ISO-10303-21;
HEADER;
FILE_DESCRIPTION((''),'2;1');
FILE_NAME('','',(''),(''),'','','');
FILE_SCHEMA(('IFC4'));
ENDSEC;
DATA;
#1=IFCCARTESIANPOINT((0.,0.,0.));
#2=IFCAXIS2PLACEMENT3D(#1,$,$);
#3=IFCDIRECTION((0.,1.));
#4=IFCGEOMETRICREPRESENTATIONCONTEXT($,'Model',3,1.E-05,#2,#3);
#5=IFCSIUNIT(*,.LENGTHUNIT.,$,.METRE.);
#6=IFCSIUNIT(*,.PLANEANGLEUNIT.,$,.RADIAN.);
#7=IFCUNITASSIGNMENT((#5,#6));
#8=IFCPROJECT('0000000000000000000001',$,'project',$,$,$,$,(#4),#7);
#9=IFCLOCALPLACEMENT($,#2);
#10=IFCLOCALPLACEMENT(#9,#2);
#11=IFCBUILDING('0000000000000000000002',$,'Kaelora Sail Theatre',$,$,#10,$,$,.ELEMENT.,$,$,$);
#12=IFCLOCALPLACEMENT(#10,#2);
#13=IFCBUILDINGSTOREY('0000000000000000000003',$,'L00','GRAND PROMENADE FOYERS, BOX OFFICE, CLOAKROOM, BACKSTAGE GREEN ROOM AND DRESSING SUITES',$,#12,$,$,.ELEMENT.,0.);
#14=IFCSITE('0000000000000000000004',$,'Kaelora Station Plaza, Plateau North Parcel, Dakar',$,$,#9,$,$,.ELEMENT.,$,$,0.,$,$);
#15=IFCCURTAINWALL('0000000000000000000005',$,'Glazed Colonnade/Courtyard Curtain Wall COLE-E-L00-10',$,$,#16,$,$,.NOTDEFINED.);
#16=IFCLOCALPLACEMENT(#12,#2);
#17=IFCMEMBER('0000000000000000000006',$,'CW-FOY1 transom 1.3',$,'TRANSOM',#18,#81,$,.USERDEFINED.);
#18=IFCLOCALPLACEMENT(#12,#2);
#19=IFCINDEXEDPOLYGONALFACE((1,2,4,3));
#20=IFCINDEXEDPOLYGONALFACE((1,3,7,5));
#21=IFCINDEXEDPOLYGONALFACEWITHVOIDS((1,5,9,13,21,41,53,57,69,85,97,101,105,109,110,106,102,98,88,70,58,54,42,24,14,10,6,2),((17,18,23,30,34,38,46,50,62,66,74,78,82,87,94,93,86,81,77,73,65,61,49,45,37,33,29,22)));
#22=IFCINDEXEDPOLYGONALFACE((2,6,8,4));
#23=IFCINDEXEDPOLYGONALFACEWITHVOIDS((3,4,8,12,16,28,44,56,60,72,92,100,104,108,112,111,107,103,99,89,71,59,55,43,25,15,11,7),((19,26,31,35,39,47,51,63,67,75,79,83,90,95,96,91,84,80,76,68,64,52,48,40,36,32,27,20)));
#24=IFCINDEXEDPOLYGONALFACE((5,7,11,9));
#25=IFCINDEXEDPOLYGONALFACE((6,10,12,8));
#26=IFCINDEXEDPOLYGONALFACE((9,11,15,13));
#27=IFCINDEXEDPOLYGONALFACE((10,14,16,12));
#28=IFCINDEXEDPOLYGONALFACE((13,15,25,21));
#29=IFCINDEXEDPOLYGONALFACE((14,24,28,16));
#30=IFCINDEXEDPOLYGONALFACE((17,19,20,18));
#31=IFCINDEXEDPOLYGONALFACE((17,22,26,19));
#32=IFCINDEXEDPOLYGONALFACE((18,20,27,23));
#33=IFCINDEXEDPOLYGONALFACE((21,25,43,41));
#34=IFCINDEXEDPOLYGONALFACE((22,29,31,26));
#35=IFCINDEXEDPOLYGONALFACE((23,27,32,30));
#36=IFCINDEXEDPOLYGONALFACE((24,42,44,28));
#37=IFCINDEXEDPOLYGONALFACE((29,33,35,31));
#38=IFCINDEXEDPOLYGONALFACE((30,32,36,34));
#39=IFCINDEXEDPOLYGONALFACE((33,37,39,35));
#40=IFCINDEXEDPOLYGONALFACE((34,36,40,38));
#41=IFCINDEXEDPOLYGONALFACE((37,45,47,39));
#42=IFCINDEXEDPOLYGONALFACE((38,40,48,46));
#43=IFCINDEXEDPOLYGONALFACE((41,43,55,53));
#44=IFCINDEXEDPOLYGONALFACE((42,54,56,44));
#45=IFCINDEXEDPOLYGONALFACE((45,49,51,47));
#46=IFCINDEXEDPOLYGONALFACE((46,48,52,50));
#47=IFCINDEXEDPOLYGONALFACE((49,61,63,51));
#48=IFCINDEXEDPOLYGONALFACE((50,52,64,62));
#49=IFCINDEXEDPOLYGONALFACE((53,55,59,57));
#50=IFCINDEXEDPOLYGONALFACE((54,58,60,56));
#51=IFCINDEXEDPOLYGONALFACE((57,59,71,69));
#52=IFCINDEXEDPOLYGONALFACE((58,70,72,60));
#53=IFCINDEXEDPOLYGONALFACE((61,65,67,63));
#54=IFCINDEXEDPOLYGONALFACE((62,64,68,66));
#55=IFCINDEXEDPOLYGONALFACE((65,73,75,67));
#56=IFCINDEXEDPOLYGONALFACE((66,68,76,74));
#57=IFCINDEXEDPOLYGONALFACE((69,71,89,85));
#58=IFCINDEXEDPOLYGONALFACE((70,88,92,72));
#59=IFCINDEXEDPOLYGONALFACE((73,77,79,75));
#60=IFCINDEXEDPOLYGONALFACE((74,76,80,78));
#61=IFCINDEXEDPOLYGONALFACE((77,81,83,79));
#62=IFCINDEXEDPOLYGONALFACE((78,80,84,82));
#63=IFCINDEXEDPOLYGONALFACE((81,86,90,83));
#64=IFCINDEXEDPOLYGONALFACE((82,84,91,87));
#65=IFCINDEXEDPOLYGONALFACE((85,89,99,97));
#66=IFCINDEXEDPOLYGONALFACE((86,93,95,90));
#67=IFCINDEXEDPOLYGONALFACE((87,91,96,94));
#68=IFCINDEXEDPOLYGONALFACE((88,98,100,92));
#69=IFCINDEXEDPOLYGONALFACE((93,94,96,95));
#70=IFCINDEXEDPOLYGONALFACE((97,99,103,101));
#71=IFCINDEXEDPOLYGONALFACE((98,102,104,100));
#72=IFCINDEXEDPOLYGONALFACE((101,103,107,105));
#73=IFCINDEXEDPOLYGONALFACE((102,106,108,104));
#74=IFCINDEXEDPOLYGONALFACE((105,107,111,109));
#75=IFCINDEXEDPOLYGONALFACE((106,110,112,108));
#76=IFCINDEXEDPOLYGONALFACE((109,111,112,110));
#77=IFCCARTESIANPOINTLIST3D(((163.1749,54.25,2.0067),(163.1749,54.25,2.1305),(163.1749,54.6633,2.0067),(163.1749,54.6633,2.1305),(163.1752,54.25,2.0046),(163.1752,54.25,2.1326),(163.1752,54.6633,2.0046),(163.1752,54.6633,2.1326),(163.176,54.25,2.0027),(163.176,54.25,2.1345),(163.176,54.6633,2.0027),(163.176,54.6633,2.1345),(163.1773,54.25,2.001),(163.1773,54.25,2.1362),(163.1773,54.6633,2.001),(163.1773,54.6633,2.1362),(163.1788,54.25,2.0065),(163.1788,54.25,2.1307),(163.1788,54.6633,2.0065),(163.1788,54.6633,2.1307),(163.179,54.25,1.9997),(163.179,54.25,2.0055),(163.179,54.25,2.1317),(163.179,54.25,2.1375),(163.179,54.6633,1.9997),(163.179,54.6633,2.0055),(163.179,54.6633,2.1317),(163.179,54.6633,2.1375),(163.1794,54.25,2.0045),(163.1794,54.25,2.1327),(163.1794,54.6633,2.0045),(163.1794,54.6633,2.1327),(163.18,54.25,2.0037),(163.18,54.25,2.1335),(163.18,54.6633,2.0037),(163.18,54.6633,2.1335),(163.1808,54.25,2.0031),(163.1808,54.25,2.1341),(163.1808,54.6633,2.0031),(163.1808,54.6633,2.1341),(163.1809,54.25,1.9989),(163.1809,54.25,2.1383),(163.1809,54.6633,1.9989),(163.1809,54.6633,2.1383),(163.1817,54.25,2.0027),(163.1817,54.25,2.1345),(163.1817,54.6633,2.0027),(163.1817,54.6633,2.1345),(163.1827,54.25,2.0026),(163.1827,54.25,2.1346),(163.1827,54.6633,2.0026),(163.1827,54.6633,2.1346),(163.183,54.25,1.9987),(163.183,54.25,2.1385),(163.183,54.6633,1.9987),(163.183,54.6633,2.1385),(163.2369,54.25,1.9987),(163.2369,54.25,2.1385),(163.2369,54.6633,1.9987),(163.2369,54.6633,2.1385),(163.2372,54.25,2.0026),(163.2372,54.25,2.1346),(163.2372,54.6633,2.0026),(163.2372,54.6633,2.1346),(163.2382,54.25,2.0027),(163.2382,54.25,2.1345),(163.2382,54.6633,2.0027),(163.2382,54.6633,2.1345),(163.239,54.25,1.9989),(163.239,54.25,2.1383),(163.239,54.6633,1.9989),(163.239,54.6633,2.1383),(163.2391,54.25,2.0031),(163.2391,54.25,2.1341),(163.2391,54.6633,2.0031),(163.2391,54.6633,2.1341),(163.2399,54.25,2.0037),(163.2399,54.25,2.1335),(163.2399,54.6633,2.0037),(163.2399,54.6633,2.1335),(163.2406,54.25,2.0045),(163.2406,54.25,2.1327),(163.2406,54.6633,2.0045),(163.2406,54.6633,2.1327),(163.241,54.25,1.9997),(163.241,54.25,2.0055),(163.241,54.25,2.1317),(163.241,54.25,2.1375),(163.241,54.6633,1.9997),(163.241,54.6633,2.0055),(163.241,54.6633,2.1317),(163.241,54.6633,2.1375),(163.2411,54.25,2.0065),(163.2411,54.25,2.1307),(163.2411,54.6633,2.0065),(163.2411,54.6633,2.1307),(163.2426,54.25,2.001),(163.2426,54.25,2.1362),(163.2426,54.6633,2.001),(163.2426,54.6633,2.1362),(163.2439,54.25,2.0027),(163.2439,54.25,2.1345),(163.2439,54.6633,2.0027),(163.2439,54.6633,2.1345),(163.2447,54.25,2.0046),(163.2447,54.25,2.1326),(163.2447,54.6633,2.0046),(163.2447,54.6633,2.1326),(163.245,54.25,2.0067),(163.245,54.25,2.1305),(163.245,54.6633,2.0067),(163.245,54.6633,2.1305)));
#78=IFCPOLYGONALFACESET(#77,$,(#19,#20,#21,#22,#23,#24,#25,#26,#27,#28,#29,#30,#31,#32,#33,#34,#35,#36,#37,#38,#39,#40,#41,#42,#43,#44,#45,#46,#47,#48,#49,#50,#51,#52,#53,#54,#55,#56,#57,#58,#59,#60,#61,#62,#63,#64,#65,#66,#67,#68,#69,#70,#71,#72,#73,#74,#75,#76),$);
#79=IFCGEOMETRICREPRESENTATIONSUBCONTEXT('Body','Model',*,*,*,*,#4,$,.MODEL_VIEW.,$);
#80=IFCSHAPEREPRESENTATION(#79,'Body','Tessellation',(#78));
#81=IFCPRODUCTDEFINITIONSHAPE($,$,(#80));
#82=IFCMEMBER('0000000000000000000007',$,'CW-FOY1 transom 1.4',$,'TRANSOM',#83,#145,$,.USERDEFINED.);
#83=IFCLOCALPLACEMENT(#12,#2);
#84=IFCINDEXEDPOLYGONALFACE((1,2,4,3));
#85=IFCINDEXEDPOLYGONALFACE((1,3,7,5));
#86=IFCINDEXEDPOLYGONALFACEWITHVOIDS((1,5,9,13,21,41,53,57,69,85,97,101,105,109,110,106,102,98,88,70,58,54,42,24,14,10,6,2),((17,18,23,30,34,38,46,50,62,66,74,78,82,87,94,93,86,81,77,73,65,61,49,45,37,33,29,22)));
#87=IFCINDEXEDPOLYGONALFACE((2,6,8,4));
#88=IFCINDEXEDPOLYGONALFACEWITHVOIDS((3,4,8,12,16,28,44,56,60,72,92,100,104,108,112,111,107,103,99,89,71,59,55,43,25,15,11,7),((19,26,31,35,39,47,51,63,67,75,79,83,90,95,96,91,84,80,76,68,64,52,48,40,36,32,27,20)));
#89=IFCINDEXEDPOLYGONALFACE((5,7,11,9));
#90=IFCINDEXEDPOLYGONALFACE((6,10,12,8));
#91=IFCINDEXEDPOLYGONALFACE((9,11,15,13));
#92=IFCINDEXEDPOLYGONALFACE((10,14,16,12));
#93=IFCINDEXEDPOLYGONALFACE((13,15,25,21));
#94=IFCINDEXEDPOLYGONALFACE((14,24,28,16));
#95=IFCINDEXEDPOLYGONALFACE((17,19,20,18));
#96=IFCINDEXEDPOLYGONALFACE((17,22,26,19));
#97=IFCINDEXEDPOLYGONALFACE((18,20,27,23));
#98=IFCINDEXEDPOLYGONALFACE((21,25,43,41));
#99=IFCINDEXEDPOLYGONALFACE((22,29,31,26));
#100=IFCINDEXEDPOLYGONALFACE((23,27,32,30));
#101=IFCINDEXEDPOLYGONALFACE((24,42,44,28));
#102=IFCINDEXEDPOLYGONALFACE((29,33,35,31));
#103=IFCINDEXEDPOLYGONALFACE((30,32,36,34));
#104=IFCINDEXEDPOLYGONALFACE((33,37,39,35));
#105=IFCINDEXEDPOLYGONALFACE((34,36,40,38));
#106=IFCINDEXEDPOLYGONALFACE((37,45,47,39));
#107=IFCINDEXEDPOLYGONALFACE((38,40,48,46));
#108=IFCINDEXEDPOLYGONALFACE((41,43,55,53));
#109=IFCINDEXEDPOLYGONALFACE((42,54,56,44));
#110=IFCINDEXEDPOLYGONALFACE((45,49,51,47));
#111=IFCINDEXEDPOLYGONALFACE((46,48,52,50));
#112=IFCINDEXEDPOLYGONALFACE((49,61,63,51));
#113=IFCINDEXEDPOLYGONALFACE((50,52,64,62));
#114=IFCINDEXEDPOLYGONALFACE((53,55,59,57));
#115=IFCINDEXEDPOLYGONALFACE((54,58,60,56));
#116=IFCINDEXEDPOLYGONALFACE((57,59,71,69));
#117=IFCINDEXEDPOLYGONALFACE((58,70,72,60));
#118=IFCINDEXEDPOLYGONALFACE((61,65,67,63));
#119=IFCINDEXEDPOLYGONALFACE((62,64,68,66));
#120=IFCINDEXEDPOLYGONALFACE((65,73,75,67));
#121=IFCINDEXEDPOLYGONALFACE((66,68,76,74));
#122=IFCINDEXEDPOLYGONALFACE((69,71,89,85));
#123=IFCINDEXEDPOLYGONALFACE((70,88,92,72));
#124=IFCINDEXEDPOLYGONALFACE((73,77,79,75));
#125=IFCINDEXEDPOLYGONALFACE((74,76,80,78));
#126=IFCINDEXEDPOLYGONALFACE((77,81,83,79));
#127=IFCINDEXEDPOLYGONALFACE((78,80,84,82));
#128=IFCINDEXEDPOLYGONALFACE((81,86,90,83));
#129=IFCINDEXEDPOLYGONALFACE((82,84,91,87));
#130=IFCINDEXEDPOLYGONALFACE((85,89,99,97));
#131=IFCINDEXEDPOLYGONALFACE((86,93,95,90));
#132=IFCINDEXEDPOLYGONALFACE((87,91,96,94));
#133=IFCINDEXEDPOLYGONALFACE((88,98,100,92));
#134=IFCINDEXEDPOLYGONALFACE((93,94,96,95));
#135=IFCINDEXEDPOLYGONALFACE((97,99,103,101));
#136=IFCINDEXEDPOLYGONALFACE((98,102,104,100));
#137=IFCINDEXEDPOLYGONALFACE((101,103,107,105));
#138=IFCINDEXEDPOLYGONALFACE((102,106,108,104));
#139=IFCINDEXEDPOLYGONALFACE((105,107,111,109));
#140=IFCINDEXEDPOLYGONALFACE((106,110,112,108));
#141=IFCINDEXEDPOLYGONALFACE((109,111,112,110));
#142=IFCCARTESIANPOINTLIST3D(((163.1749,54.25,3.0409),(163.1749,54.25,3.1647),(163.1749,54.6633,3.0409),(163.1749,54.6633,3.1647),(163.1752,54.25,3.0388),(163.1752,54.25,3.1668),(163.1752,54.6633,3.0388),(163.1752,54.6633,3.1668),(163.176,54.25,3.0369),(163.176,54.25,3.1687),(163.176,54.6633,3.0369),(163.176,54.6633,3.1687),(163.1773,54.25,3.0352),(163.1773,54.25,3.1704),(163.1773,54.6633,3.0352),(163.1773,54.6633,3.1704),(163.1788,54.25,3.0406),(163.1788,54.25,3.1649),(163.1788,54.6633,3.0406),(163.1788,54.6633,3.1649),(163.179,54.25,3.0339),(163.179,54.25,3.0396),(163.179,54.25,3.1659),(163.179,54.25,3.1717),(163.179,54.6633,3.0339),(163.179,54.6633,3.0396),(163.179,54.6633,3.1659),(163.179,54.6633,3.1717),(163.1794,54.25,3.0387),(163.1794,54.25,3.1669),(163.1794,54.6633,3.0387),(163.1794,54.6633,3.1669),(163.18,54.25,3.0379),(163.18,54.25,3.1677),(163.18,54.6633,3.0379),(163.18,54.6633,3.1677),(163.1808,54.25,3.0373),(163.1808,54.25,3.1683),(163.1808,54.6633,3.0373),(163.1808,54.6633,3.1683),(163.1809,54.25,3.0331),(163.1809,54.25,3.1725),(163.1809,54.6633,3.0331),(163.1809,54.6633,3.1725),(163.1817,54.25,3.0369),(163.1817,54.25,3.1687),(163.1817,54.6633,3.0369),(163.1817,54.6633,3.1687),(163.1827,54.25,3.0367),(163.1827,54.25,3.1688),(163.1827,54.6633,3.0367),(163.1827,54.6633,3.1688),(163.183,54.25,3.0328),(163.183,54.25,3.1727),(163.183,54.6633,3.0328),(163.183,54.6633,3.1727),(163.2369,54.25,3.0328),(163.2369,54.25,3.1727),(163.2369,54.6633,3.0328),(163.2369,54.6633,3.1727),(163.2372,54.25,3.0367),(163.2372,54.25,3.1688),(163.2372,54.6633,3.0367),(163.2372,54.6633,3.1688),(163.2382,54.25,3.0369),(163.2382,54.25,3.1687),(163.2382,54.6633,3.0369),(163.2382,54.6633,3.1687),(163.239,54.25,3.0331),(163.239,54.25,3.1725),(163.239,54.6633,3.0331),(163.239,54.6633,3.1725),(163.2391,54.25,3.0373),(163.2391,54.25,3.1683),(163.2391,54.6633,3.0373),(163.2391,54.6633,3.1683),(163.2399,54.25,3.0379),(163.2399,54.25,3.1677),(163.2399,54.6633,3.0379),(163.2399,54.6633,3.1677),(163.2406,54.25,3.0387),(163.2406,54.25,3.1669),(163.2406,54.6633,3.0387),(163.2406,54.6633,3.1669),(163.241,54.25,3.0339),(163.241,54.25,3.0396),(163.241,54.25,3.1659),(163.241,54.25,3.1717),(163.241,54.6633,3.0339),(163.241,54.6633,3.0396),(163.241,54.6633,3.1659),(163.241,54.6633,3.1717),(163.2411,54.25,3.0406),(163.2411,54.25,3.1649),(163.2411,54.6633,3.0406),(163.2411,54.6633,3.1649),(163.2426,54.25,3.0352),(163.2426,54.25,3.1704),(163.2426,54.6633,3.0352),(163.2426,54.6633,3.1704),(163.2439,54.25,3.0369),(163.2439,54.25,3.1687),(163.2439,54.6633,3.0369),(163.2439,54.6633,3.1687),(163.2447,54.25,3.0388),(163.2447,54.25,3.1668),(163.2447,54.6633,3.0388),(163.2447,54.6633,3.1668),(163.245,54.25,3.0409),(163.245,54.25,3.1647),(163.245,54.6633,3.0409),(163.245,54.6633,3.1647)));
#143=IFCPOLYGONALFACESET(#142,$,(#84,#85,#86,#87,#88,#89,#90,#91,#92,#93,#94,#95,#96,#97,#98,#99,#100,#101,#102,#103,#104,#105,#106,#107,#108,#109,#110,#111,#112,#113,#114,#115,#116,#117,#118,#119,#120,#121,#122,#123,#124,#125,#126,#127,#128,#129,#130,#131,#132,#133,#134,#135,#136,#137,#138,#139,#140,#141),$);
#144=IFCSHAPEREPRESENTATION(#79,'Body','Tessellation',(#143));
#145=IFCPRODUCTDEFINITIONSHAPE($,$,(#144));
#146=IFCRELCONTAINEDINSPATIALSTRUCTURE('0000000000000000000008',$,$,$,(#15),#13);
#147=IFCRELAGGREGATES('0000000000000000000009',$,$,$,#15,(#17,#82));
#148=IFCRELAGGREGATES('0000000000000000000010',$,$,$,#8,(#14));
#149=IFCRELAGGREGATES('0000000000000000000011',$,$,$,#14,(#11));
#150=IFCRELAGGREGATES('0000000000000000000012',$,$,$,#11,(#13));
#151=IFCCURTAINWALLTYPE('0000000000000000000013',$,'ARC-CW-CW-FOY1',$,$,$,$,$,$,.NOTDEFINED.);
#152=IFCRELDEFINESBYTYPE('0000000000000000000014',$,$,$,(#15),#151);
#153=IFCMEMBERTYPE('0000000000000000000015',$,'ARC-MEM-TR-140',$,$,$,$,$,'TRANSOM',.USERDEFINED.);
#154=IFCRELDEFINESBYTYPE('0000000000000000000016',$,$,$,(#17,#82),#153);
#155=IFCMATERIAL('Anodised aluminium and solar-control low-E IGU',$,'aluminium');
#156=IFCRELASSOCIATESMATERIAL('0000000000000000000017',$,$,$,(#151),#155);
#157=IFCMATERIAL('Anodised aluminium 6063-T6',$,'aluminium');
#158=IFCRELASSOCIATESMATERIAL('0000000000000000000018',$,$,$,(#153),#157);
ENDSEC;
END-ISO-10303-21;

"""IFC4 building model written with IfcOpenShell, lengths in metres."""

from ifc_helpers import new_model, si_unit, direction, frame, origin, origin_2d, place, context, subcontext, project, spatial, hollow_rectangle, extrude, material, material_profile, profile_set, type_object, element, aggregate, save


model = new_model("IFC4")

# Units and contexts
model_context = context("Model", 3, precision=1e-05, world=origin(), true_north=direction((0.0, 1.0)))
body_context = subcontext(model_context, "Body", "Model", "MODEL_VIEW")
ifc_project = project(units=[si_unit("LENGTHUNIT", "METRE"), si_unit("PLANEANGLEUNIT", "RADIAN")], contexts=[model_context])

# Site, building, storey
site_placement = place(None, origin())
site = spatial("IfcSite", under=ifc_project, at=site_placement, Name="Kaelora Station Plaza, Plateau North Parcel, Dakar", CompositionType="ELEMENT", RefElevation=0.0)
building_placement = place(site_placement, origin())
building = spatial("IfcBuilding", under=site, at=building_placement, Name="Kaelora Sail Theatre", CompositionType="ELEMENT")
storey_placement = place(building_placement, origin())
storey = spatial("IfcBuildingStorey", under=building, at=storey_placement, Name="L00", Description="GRAND PROMENADE FOYERS, BOX OFFICE, CLOAKROOM, BACKSTAGE GREEN ROOM AND DRESSING SUITES", CompositionType="ELEMENT", Elevation=0.0)

# Curtain wall, members
ifc_material_1 = material(Name="Anodised aluminium and solar-control low-E IGU", Category="aluminium")
curtain_wall_type = type_object("IfcCurtainWallType", Name="ARC-CW-CW-FOY1", PredefinedType="NOTDEFINED", material=ifc_material_1)
curtain_wall_placement = place(storey_placement, origin())
curtain_wall = element("IfcCurtainWall", 1, at=curtain_wall_placement, inside=storey, type_object=curtain_wall_type, Name="Glazed Colonnade/Courtyard Curtain Wall COLE-E-L00-10", PredefinedType="NOTDEFINED")
ifc_material_2 = material(Name="Anodised aluminium 6063-T6", Category="aluminium")
ifc_material_profile_1 = material_profile(ifc_material_2, hollow_rectangle(XDim=0.0701, YDim=0.1399, WallThickness=0.0039, InnerFilletRadius=0.0039, OuterFilletRadius=0.0081, at=origin_2d()), Name="ALU-TRAN 70x140x4")
ifc_profile_set_1 = profile_set([ifc_material_profile_1], Name="Anodised aluminium 6063-T6")
member_type_1 = type_object("IfcMemberType", Name="ARC-MEM-TR-140", ElementType="TRANSOM", PredefinedType="USERDEFINED", material=ifc_profile_set_1)
member_1_placement = place(storey_placement, frame((163.21, 54.25, 2.0686), z_axis=(0.0, 1.0, 0.0), x_axis=(-1.0, 0.0, 0.0)))
member_1 = element("IfcMember", 2, at=member_1_placement, type_object=member_type_1, Name="CW-FOY1 transom 1.3", ObjectType="TRANSOM", PredefinedType="USERDEFINED", context=body_context, shape_type="SweptSolid", body=[
    extrude(hollow_rectangle(XDim=0.0701, YDim=0.1399, WallThickness=0.0039, InnerFilletRadius=0.0039, OuterFilletRadius=0.0081, at=origin_2d()), origin(), (0.0, 0.0, 1.0), 0.4133),
])
member_2_placement = place(storey_placement, frame((163.21, 54.25, 3.1028), z_axis=(0.0, 1.0, 0.0), x_axis=(-1.0, 0.0, 0.0)))
member_2 = element("IfcMember", 3, at=member_2_placement, type_object=member_type_1, Name="CW-FOY1 transom 1.4", ObjectType="TRANSOM", PredefinedType="USERDEFINED", context=body_context, shape_type="SweptSolid", body=[
    extrude(hollow_rectangle(XDim=0.0701, YDim=0.1399, WallThickness=0.0039, InnerFilletRadius=0.0039, OuterFilletRadius=0.0081, at=origin_2d()), origin(), (0.0, 0.0, 1.0), 0.4133),
])

aggregate(curtain_wall, [member_1, member_2])

save(model, "model.ifc")
